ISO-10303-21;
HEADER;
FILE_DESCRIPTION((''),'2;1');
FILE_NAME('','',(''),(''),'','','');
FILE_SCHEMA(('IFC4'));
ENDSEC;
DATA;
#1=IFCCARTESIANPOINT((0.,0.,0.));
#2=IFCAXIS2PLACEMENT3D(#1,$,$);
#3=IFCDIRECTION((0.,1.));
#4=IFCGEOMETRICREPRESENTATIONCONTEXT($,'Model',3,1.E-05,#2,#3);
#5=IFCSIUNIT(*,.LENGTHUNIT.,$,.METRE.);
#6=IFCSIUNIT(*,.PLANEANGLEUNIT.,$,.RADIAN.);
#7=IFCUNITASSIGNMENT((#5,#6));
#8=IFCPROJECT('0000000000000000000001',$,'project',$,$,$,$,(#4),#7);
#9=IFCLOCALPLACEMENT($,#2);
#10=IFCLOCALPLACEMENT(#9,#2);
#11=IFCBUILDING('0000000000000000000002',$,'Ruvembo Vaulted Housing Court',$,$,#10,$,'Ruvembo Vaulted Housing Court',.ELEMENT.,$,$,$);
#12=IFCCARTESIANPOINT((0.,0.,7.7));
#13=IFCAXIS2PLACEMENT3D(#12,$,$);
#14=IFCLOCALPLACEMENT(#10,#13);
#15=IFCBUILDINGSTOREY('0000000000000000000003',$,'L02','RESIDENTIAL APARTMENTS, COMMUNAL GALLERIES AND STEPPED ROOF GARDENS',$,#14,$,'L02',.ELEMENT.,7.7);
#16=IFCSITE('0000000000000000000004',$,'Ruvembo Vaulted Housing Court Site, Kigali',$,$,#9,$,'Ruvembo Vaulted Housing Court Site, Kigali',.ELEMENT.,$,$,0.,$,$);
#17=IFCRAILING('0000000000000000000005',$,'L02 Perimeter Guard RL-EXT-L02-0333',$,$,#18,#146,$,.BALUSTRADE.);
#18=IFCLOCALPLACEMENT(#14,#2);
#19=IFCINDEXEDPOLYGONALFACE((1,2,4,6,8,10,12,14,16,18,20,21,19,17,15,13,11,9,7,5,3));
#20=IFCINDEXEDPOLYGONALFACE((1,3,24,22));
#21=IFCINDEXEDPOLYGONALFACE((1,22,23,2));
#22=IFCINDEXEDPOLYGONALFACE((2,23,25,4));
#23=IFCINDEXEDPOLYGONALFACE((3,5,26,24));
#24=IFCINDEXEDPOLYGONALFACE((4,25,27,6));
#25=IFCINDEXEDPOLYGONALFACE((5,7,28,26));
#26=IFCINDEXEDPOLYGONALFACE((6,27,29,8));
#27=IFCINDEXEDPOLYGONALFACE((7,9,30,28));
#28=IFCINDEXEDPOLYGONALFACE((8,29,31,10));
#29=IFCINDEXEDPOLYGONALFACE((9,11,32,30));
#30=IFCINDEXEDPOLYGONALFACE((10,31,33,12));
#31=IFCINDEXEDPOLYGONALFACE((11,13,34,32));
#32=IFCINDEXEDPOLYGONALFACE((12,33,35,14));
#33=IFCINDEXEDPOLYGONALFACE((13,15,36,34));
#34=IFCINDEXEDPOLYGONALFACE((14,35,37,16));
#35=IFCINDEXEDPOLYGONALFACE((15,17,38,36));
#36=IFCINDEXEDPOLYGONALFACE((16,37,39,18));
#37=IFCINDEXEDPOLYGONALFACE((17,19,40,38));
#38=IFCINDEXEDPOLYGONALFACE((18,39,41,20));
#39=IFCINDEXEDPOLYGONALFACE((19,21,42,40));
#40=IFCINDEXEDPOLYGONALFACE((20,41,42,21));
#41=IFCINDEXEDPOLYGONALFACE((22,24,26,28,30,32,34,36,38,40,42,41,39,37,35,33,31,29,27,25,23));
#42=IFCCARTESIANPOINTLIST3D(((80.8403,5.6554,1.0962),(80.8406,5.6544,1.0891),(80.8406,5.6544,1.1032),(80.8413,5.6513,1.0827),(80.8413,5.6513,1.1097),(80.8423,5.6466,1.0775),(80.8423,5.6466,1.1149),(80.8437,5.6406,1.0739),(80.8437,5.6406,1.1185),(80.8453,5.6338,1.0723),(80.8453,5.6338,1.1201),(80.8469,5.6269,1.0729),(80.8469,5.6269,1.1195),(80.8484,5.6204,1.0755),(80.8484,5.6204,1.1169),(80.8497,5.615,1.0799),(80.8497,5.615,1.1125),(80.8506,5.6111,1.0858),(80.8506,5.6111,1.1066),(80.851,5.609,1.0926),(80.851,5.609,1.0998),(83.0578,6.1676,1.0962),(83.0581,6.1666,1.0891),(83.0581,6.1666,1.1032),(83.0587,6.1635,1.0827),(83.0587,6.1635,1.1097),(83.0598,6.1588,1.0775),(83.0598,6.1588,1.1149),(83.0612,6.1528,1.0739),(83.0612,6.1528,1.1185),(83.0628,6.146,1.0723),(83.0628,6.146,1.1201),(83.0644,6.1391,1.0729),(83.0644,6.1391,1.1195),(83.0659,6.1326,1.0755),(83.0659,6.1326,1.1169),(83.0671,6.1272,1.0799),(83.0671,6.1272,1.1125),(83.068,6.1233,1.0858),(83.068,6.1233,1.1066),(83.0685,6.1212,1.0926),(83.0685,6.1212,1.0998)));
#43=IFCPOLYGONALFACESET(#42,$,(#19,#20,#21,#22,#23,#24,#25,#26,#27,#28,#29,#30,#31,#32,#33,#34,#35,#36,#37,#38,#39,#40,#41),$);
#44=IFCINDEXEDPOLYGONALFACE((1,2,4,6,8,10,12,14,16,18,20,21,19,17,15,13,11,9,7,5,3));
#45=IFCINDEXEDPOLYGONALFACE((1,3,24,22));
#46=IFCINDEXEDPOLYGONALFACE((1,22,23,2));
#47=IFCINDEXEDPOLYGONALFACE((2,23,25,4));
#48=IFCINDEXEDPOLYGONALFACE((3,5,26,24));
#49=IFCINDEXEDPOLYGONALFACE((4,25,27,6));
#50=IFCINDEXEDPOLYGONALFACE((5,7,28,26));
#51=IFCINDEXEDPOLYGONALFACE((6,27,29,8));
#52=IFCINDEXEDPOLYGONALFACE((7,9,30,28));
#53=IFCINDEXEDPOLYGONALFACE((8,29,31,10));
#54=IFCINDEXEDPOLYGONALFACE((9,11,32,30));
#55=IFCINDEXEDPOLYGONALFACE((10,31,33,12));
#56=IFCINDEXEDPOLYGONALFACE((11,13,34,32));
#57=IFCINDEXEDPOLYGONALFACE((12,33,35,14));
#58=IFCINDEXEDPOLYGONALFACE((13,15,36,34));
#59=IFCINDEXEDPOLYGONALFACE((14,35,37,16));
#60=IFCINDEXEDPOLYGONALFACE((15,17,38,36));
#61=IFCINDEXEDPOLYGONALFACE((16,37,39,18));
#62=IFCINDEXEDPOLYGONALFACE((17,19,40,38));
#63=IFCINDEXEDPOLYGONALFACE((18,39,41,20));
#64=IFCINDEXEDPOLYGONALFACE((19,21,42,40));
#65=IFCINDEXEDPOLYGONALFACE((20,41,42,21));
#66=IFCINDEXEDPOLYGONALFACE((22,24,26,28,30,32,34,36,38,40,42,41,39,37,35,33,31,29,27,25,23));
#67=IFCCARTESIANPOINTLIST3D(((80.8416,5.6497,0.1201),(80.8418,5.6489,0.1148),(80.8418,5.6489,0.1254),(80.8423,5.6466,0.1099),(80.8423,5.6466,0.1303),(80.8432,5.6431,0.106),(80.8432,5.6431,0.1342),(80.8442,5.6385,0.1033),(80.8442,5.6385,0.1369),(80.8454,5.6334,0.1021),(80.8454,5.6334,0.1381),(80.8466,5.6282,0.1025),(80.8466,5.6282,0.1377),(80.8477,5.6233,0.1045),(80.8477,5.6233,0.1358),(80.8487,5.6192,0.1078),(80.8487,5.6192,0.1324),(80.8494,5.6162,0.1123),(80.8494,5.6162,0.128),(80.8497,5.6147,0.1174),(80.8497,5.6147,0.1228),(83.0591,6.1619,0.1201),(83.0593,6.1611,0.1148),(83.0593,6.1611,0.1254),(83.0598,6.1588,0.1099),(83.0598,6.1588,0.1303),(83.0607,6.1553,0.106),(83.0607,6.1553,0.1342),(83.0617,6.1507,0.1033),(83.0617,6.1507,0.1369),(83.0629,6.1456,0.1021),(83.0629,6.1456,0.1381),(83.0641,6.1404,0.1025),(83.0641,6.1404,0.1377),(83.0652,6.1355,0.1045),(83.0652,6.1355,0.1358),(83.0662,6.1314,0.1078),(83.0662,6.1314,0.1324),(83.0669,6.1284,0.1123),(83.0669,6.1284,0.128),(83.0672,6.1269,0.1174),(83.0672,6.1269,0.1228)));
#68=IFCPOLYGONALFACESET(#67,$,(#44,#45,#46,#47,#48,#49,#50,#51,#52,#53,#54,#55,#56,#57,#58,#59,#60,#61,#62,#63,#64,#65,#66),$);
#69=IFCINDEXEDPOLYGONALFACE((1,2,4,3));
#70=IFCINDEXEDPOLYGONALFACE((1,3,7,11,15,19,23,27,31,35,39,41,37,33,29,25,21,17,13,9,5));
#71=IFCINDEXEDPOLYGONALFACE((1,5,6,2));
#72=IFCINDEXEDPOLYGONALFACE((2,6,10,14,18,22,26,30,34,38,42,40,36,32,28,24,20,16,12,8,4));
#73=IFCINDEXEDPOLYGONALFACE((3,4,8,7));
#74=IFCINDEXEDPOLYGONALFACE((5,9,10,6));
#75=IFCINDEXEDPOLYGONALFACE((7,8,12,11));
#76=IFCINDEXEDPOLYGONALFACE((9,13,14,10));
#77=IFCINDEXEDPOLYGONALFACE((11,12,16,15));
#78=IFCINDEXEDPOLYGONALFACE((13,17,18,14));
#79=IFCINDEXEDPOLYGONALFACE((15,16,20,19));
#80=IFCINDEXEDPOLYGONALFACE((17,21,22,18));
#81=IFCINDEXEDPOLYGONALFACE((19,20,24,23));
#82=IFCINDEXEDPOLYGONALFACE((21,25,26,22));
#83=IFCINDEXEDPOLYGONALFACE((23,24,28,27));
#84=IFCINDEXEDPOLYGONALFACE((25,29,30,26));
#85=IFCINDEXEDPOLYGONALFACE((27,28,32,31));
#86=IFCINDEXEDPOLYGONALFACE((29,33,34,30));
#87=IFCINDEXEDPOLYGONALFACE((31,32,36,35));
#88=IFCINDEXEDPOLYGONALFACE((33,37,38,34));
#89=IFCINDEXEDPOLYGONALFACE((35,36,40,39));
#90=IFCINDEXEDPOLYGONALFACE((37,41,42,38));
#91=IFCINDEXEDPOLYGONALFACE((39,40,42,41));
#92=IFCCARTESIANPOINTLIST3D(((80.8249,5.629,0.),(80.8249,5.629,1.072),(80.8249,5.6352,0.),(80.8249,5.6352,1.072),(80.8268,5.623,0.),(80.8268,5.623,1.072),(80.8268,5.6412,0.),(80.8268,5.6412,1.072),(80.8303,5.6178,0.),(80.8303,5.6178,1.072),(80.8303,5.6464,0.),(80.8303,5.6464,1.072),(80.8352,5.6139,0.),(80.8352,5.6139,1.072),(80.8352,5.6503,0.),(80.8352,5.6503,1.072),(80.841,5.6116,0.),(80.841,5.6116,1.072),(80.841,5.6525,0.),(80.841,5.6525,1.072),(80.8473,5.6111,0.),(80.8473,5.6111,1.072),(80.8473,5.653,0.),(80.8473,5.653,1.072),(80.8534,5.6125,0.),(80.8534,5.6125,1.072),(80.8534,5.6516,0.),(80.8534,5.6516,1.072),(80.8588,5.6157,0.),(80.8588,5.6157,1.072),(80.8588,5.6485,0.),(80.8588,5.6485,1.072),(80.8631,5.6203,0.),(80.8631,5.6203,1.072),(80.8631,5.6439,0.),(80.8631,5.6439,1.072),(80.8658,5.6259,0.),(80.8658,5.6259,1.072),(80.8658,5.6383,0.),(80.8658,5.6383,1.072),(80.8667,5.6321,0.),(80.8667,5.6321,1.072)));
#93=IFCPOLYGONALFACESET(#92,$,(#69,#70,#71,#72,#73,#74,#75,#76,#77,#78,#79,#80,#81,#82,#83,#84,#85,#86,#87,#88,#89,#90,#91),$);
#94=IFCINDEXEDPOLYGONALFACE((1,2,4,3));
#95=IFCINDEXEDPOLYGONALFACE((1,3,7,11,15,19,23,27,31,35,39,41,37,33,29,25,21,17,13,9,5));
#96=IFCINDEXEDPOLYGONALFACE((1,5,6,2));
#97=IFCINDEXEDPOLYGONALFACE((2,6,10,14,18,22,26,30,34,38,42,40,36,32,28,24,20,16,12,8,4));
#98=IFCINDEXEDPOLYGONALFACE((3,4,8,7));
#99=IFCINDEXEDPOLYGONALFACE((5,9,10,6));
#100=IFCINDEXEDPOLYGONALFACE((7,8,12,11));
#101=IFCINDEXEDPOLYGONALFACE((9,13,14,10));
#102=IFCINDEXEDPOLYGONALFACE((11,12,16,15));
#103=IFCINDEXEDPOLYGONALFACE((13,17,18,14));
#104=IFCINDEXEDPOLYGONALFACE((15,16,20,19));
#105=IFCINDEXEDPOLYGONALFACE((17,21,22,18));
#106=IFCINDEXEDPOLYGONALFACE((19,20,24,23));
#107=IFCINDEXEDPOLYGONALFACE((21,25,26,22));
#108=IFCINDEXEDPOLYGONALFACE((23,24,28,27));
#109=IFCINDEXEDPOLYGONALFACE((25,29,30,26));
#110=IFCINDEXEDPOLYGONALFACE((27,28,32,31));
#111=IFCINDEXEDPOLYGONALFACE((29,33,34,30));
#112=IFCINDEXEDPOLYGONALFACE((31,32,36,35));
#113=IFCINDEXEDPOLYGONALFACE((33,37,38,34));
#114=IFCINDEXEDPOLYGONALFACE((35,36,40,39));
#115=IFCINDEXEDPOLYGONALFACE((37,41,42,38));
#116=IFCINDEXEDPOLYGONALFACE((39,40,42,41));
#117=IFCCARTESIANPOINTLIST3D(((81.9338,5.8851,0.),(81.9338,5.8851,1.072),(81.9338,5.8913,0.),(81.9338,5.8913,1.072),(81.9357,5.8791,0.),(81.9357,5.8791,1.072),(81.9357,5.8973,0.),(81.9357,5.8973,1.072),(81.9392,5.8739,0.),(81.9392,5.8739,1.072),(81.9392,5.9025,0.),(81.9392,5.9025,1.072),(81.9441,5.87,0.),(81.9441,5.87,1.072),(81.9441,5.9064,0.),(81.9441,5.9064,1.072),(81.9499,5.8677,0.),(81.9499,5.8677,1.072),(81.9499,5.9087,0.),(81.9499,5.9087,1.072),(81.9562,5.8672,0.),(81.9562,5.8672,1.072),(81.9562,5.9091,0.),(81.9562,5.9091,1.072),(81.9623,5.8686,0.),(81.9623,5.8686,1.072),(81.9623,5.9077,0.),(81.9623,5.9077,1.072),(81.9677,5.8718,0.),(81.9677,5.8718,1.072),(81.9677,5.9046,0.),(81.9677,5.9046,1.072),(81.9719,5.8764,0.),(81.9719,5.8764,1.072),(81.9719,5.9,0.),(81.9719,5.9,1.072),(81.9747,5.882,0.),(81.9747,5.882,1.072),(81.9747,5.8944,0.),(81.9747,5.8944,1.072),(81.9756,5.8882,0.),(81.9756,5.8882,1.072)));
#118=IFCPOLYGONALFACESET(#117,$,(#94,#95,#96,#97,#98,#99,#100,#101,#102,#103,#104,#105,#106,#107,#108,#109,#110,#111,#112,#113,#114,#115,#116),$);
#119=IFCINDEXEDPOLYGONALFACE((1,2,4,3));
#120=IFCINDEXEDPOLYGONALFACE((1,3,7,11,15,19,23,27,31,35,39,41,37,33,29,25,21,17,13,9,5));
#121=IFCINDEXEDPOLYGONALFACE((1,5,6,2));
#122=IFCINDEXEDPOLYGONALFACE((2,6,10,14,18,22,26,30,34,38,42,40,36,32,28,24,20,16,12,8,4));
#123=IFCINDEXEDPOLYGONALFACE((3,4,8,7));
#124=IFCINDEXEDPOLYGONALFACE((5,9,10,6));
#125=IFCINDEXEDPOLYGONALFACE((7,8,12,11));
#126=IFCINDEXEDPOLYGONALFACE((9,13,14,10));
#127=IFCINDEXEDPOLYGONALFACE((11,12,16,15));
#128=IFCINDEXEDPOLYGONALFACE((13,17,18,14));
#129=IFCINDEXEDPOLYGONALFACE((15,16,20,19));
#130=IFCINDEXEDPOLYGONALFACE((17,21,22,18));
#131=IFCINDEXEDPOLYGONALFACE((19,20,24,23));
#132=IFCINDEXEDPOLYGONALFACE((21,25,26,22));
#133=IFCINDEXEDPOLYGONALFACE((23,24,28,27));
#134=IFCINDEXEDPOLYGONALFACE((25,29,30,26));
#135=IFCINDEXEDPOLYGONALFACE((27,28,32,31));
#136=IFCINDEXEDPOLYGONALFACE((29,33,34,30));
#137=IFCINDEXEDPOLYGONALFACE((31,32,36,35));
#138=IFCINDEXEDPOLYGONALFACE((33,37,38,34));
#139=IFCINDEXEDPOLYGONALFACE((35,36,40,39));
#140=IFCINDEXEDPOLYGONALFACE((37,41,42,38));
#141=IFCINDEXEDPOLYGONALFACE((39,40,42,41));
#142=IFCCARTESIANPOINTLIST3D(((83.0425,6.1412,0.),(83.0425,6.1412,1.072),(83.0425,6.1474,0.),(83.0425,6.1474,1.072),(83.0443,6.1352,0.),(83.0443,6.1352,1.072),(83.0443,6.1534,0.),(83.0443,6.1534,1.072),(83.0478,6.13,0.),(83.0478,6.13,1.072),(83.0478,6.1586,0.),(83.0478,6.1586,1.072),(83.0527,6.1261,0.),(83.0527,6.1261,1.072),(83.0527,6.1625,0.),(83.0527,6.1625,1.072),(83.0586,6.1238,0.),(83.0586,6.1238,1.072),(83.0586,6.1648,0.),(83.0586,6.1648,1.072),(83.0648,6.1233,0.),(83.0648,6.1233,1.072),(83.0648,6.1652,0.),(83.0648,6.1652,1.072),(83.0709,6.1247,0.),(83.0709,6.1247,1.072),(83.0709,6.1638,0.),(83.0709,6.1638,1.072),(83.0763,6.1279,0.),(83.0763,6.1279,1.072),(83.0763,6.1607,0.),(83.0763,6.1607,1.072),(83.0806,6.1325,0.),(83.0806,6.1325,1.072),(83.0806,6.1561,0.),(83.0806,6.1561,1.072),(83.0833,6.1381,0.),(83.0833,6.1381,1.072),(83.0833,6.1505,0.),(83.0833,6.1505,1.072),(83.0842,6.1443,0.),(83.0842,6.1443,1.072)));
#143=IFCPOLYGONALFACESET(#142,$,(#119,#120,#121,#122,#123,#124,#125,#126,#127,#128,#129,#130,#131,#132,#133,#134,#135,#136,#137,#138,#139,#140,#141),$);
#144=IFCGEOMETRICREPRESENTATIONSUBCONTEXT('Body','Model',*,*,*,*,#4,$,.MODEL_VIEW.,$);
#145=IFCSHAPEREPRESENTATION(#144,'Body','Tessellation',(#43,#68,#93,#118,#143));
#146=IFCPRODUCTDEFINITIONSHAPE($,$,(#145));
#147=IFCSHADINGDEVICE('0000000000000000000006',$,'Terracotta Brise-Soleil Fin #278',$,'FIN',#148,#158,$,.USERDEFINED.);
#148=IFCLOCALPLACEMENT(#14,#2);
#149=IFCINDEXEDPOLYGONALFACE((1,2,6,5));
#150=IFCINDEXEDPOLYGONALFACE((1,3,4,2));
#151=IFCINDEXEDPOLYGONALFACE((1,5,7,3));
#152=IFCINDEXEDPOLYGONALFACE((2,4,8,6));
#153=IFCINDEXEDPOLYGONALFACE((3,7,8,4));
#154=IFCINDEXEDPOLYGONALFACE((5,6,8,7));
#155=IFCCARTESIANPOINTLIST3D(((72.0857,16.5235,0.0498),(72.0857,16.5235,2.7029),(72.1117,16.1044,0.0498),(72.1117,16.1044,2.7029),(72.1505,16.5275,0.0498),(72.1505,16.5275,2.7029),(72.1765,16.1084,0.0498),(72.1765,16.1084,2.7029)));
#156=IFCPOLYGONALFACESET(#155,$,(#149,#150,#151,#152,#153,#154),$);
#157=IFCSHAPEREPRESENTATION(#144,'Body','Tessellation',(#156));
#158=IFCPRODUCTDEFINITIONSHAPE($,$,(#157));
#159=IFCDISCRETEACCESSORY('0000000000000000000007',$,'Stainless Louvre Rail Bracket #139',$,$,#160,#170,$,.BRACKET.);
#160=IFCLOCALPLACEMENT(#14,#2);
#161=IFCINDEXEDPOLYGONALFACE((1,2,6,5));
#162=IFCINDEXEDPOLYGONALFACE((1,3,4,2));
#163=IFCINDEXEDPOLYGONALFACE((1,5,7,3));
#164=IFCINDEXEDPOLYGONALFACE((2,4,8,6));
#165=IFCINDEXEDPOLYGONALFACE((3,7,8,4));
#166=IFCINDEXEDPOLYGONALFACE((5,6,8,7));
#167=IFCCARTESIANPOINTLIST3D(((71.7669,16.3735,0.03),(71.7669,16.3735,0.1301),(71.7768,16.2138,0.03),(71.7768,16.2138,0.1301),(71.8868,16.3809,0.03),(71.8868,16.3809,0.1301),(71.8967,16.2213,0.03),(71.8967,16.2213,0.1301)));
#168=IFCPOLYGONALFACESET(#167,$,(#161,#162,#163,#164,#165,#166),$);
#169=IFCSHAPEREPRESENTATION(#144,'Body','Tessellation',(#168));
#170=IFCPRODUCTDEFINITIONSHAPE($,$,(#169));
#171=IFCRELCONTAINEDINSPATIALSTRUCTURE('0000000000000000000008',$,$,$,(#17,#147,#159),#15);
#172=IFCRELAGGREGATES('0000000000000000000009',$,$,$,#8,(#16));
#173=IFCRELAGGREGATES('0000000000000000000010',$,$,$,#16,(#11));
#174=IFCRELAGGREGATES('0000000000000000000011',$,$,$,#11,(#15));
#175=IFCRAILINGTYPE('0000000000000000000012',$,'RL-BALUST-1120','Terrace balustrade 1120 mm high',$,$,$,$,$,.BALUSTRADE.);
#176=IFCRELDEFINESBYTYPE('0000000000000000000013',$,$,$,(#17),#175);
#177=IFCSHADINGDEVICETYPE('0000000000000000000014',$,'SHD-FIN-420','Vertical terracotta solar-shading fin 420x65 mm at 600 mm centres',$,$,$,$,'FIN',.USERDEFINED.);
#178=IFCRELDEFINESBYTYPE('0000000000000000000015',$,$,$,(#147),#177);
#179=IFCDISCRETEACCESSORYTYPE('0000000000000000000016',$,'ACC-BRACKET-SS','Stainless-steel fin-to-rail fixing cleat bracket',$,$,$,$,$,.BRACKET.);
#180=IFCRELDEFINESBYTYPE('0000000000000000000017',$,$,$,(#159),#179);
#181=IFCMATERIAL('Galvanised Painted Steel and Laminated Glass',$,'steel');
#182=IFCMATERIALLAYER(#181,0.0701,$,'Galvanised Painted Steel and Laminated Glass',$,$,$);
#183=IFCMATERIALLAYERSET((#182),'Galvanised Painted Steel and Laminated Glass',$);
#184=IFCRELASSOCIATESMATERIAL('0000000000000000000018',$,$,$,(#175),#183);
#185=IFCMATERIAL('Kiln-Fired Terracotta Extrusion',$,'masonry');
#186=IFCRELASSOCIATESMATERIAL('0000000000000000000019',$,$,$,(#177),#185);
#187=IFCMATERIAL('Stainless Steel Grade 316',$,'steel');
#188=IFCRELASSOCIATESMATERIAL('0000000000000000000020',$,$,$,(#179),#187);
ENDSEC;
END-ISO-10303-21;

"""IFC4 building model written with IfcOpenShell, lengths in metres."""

from ifc_helpers import new_model, si_unit, direction, frame, origin, origin_2d, place, context, subcontext, project, spatial, rectangle, circle, extrude, material, layer, layer_set, type_object, element, save


model = new_model("IFC4")

# Units and contexts
model_context = context("Model", 3, precision=1e-05, world=origin(), true_north=direction((0.0, 1.0)))
body_context = subcontext(model_context, "Body", "Model", "MODEL_VIEW")
ifc_project = project(units=[si_unit("LENGTHUNIT", "METRE"), si_unit("PLANEANGLEUNIT", "RADIAN")], contexts=[model_context])

# Site, building, storey
site_placement = place(None, origin())
site = spatial("IfcSite", under=ifc_project, at=site_placement, Name="Ruvembo Vaulted Housing Court Site, Kigali", LongName="Ruvembo Vaulted Housing Court Site, Kigali", CompositionType="ELEMENT", RefElevation=0.0)
building_placement = place(site_placement, origin())
building = spatial("IfcBuilding", under=site, at=building_placement, Name="Ruvembo Vaulted Housing Court", LongName="Ruvembo Vaulted Housing Court", CompositionType="ELEMENT")
storey_placement = place(building_placement, frame((0.0, 0.0, 7.7)))
storey = spatial("IfcBuildingStorey", under=building, at=storey_placement, Name="L02", Description="RESIDENTIAL APARTMENTS, COMMUNAL GALLERIES AND STEPPED ROOF GARDENS", LongName="L02", CompositionType="ELEMENT", Elevation=7.7)

# Railing
ifc_material_1 = material(Name="Galvanised Painted Steel and Laminated Glass", Category="steel")
ifc_layer_1 = layer(ifc_material_1, 0.0701, Name="Galvanised Painted Steel and Laminated Glass")
ifc_layer_set_1 = layer_set([ifc_layer_1], Name="Galvanised Painted Steel and Laminated Glass")
railing_type = type_object("IfcRailingType", Name="RL-BALUST-1120", Description="Terrace balustrade 1120 mm high", PredefinedType="BALUSTRADE", material=ifc_layer_set_1)
railing_placement = place(storey_placement, frame((80.8457, 5.6321, 0.0)))
element("IfcRailing", 1, at=railing_placement, inside=storey, type_object=railing_type, Name="L02 Perimeter Guard RL-EXT-L02-0333", PredefinedType="BALUSTRADE", context=body_context, shape_type="SweptSolid", body=[
    extrude(circle(Radius=0.0239, at=origin_2d()), frame((0.0, 0.0, 1.0962), z_axis=(0.974346, 0.225055, 0.0), x_axis=(-0.225055, 0.974346, 0.0)), (0.0, 0.0, 1.0), 2.2759),
    extrude(circle(Radius=0.0181, at=origin_2d()), frame((0.0, 0.0, 0.1201), z_axis=(0.974346, 0.225055, 0.0), x_axis=(-0.225055, 0.974346, 0.0)), (0.0, 0.0, 1.0), 2.2759),
    extrude(circle(Radius=0.021, at=origin_2d()), origin(), (0.0, 0.0, 1.0), 1.072),
    extrude(circle(Radius=0.021, at=origin_2d()), frame((1.1089, 0.2561, 0.0)), (0.0, 0.0, 1.0), 1.072),
    extrude(circle(Radius=0.021, at=origin_2d()), frame((2.2175, 0.5122, 0.0)), (0.0, 0.0, 1.0), 1.072),
])

# Shading device
ifc_material_2 = material(Name="Kiln-Fired Terracotta Extrusion", Category="masonry")
shading_device_type = type_object("IfcShadingDeviceType", Name="SHD-FIN-420", Description="Vertical terracotta solar-shading fin 420x65 mm at 600 mm centres", ElementType="FIN", PredefinedType="USERDEFINED", material=ifc_material_2)
shading_device_placement = place(storey_placement, frame((72.1311, 16.3159, 0.0498), z_axis=(0.0, 0.0, 1.0), x_axis=(0.061832, -0.998087, 0.0)))
element("IfcShadingDevice", 2, at=shading_device_placement, inside=storey, type_object=shading_device_type, Name="Terracotta Brise-Soleil Fin #278", ObjectType="FIN", PredefinedType="USERDEFINED", context=body_context, shape_type="SweptSolid", body=[
    extrude(rectangle(XDim=0.4199, YDim=0.0649, at=origin_2d()), origin(), (0.0, 0.0, 1.0), 2.6531),
])

# Discrete accessory
ifc_material_3 = material(Name="Stainless Steel Grade 316", Category="steel")
discrete_accessory_type = type_object("IfcDiscreteAccessoryType", Name="ACC-BRACKET-SS", Description="Stainless-steel fin-to-rail fixing cleat bracket", PredefinedType="BRACKET", material=ifc_material_3)
discrete_accessory_placement = place(storey_placement, frame((71.8318, 16.2974, 0.03), z_axis=(0.0, 0.0, 1.0), x_axis=(0.061832, -0.998087, 0.0)))
element("IfcDiscreteAccessory", 3, at=discrete_accessory_placement, inside=storey, type_object=discrete_accessory_type, Name="Stainless Louvre Rail Bracket #139", PredefinedType="BRACKET", context=body_context, shape_type="SweptSolid", body=[
    extrude(rectangle(XDim=0.1599, YDim=0.1201, at=origin_2d()), origin(), (0.0, 0.0, 1.0), 0.1001),
])

save(model, "model.ifc")
